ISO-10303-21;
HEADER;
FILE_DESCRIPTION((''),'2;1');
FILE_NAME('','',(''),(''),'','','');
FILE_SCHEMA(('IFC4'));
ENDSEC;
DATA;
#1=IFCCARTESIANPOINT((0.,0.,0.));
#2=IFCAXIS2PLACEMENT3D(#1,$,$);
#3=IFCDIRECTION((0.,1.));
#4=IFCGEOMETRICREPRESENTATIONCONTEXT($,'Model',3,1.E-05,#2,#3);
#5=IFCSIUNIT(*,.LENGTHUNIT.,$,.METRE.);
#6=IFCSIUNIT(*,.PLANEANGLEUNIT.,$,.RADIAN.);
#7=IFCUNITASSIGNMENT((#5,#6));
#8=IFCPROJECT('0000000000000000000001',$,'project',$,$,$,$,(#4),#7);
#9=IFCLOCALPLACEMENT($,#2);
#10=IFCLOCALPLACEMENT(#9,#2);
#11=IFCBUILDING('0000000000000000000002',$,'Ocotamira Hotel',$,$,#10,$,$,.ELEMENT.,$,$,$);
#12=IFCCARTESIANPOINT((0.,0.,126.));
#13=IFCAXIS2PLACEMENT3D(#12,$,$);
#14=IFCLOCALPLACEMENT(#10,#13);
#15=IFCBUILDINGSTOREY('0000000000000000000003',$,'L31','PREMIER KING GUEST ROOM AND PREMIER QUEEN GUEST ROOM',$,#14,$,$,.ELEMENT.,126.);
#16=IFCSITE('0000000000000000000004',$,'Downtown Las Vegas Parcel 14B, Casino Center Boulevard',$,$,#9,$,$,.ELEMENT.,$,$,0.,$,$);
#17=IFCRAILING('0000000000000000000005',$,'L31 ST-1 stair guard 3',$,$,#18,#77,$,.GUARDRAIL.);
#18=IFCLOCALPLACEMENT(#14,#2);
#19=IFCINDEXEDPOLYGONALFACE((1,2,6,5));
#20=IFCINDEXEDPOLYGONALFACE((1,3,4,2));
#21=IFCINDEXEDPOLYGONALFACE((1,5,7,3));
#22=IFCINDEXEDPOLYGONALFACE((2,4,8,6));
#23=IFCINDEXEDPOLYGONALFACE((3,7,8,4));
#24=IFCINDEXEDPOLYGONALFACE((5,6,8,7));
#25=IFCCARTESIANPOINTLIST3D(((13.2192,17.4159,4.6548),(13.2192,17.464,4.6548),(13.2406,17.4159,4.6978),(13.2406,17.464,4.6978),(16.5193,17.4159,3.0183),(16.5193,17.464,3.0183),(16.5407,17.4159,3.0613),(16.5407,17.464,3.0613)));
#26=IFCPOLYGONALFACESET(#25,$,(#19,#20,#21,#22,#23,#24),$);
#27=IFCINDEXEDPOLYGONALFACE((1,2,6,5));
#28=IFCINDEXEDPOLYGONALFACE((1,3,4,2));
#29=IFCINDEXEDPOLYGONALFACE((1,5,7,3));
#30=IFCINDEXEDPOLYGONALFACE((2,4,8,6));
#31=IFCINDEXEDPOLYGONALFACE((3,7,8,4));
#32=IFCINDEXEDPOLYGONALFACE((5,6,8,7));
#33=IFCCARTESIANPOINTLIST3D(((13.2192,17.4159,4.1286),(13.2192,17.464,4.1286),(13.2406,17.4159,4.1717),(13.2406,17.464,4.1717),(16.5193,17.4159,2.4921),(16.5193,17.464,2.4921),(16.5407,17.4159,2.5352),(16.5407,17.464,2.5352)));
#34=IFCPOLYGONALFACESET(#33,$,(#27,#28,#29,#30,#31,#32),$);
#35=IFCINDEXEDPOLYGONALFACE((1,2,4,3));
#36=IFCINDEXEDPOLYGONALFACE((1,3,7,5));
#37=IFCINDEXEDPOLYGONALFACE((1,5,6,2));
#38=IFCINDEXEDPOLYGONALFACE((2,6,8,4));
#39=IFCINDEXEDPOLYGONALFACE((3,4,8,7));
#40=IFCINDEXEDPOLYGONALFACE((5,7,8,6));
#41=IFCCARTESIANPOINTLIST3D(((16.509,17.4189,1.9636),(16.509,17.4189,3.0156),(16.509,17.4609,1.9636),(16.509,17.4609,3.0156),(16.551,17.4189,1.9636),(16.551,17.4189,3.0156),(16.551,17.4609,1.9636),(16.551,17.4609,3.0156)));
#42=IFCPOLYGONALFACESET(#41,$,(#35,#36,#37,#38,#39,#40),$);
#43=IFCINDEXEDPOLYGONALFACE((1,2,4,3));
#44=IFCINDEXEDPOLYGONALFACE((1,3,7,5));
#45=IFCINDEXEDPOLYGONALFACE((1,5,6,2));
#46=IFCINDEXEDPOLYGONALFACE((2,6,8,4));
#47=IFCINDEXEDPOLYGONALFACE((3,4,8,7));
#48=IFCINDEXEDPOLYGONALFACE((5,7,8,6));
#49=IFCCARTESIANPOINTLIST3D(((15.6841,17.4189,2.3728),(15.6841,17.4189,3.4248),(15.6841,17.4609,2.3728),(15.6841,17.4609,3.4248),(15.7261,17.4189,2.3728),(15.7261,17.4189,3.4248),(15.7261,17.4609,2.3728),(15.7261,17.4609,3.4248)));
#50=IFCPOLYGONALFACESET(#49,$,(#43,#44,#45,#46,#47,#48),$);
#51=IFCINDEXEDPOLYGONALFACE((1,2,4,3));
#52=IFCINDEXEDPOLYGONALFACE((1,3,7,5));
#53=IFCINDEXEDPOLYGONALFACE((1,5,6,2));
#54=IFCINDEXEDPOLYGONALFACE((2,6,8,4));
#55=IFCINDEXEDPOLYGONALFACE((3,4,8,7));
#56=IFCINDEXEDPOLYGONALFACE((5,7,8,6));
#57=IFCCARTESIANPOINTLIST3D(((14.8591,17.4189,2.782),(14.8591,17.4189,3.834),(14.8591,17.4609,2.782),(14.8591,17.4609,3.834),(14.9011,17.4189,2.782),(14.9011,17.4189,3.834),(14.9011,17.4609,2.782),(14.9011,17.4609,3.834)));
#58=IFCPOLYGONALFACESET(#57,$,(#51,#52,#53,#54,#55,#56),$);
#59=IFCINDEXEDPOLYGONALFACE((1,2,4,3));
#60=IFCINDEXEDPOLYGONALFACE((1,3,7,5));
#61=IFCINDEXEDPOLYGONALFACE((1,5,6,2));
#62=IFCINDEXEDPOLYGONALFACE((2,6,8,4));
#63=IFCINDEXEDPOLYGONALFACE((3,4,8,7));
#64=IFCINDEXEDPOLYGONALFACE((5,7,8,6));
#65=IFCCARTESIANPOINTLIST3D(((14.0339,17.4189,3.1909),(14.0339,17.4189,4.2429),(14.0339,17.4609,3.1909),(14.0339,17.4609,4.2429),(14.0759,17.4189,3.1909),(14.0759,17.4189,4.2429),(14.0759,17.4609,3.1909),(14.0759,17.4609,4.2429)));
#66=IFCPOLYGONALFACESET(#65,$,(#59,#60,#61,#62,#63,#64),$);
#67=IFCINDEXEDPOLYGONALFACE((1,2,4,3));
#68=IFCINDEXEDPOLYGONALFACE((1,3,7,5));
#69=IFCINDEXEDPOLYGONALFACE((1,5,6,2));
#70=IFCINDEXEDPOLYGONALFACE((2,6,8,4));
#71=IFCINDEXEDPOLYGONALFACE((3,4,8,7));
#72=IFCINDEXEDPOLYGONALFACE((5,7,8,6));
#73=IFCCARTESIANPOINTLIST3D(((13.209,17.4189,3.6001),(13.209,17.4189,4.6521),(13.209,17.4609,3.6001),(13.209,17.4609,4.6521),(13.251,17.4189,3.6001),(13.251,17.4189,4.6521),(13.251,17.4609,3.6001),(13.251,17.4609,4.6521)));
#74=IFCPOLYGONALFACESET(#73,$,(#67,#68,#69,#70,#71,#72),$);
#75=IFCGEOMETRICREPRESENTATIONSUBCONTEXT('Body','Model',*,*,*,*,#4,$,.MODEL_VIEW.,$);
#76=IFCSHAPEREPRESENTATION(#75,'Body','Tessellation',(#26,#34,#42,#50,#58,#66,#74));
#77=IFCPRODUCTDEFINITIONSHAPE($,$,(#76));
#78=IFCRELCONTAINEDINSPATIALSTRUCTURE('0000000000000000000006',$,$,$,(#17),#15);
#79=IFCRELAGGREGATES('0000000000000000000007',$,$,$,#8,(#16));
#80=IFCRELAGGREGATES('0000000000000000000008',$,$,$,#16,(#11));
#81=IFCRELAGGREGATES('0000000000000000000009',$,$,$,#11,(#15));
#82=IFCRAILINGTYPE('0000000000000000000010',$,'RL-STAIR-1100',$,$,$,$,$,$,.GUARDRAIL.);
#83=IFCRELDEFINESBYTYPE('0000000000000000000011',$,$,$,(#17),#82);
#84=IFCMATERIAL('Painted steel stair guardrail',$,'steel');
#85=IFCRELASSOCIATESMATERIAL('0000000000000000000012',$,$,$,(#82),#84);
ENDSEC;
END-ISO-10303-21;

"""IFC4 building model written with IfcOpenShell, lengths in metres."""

from ifc_helpers import new_model, si_unit, direction, frame, origin, origin_2d, place, context, subcontext, project, spatial, rectangle, extrude, material, type_object, element, save


model = new_model("IFC4")

# Units and contexts
model_context = context("Model", 3, precision=1e-05, world=origin(), true_north=direction((0.0, 1.0)))
body_context = subcontext(model_context, "Body", "Model", "MODEL_VIEW")
ifc_project = project(units=[si_unit("LENGTHUNIT", "METRE"), si_unit("PLANEANGLEUNIT", "RADIAN")], contexts=[model_context])

# Site, building, storey
site_placement = place(None, origin())
site = spatial("IfcSite", under=ifc_project, at=site_placement, Name="Downtown Las Vegas Parcel 14B, Casino Center Boulevard", CompositionType="ELEMENT", RefElevation=0.0)
building_placement = place(site_placement, origin())
building = spatial("IfcBuilding", under=site, at=building_placement, Name="Ocotamira Hotel", CompositionType="ELEMENT")
storey_placement = place(building_placement, frame((0.0, 0.0, 126.0)))
storey = spatial("IfcBuildingStorey", under=building, at=storey_placement, Name="L31", Description="PREMIER KING GUEST ROOM AND PREMIER QUEEN GUEST ROOM", CompositionType="ELEMENT", Elevation=126.0)

# Railing
ifc_material_1 = material(Name="Painted steel stair guardrail", Category="steel")
railing_type_1 = type_object("IfcRailingType", Name="RL-STAIR-1100", PredefinedType="GUARDRAIL", material=ifc_material_1)
railing_1_placement = place(storey_placement, frame((16.53, 17.4399, 1.9636)))
element("IfcRailing", 1, at=railing_1_placement, inside=storey, type_object=railing_type_1, Name="L31 ST-1 stair guard 3", PredefinedType="GUARDRAIL", context=body_context, shape_type="SweptSolid", body=[
    extrude(rectangle(XDim=0.0481, YDim=0.0481, at=origin_2d()), frame((0.0, 0.0, 1.0762), z_axis=(-0.895894, 0.0, 0.444268), x_axis=(0.0, -1.0, 0.0)), (0.0, 0.0, 1.0), 3.6836),
    extrude(rectangle(XDim=0.0481, YDim=0.0481, at=origin_2d()), frame((0.0, 0.0, 0.55), z_axis=(-0.895894, 0.0, 0.444268), x_axis=(0.0, -1.0, 0.0)), (0.0, 0.0, 1.0), 3.6836),
    extrude(rectangle(XDim=0.042, YDim=0.042, at=origin_2d()), origin(), (0.0, 0.0, 1.0), 1.052),
    extrude(rectangle(XDim=0.042, YDim=0.042, at=origin_2d()), frame((-0.825, 0.0, 0.4092)), (0.0, 0.0, 1.0), 1.052),
    extrude(rectangle(XDim=0.042, YDim=0.042, at=origin_2d()), frame((-1.6499, 0.0, 0.8184)), (0.0, 0.0, 1.0), 1.052),
    extrude(rectangle(XDim=0.042, YDim=0.042, at=origin_2d()), frame((-2.4751, 0.0, 1.2273)), (0.0, 0.0, 1.0), 1.052),
    extrude(rectangle(XDim=0.042, YDim=0.042, at=origin_2d()), frame((-3.3, 0.0, 1.6365)), (0.0, 0.0, 1.0), 1.052),
])

save(model, "model.ifc")
